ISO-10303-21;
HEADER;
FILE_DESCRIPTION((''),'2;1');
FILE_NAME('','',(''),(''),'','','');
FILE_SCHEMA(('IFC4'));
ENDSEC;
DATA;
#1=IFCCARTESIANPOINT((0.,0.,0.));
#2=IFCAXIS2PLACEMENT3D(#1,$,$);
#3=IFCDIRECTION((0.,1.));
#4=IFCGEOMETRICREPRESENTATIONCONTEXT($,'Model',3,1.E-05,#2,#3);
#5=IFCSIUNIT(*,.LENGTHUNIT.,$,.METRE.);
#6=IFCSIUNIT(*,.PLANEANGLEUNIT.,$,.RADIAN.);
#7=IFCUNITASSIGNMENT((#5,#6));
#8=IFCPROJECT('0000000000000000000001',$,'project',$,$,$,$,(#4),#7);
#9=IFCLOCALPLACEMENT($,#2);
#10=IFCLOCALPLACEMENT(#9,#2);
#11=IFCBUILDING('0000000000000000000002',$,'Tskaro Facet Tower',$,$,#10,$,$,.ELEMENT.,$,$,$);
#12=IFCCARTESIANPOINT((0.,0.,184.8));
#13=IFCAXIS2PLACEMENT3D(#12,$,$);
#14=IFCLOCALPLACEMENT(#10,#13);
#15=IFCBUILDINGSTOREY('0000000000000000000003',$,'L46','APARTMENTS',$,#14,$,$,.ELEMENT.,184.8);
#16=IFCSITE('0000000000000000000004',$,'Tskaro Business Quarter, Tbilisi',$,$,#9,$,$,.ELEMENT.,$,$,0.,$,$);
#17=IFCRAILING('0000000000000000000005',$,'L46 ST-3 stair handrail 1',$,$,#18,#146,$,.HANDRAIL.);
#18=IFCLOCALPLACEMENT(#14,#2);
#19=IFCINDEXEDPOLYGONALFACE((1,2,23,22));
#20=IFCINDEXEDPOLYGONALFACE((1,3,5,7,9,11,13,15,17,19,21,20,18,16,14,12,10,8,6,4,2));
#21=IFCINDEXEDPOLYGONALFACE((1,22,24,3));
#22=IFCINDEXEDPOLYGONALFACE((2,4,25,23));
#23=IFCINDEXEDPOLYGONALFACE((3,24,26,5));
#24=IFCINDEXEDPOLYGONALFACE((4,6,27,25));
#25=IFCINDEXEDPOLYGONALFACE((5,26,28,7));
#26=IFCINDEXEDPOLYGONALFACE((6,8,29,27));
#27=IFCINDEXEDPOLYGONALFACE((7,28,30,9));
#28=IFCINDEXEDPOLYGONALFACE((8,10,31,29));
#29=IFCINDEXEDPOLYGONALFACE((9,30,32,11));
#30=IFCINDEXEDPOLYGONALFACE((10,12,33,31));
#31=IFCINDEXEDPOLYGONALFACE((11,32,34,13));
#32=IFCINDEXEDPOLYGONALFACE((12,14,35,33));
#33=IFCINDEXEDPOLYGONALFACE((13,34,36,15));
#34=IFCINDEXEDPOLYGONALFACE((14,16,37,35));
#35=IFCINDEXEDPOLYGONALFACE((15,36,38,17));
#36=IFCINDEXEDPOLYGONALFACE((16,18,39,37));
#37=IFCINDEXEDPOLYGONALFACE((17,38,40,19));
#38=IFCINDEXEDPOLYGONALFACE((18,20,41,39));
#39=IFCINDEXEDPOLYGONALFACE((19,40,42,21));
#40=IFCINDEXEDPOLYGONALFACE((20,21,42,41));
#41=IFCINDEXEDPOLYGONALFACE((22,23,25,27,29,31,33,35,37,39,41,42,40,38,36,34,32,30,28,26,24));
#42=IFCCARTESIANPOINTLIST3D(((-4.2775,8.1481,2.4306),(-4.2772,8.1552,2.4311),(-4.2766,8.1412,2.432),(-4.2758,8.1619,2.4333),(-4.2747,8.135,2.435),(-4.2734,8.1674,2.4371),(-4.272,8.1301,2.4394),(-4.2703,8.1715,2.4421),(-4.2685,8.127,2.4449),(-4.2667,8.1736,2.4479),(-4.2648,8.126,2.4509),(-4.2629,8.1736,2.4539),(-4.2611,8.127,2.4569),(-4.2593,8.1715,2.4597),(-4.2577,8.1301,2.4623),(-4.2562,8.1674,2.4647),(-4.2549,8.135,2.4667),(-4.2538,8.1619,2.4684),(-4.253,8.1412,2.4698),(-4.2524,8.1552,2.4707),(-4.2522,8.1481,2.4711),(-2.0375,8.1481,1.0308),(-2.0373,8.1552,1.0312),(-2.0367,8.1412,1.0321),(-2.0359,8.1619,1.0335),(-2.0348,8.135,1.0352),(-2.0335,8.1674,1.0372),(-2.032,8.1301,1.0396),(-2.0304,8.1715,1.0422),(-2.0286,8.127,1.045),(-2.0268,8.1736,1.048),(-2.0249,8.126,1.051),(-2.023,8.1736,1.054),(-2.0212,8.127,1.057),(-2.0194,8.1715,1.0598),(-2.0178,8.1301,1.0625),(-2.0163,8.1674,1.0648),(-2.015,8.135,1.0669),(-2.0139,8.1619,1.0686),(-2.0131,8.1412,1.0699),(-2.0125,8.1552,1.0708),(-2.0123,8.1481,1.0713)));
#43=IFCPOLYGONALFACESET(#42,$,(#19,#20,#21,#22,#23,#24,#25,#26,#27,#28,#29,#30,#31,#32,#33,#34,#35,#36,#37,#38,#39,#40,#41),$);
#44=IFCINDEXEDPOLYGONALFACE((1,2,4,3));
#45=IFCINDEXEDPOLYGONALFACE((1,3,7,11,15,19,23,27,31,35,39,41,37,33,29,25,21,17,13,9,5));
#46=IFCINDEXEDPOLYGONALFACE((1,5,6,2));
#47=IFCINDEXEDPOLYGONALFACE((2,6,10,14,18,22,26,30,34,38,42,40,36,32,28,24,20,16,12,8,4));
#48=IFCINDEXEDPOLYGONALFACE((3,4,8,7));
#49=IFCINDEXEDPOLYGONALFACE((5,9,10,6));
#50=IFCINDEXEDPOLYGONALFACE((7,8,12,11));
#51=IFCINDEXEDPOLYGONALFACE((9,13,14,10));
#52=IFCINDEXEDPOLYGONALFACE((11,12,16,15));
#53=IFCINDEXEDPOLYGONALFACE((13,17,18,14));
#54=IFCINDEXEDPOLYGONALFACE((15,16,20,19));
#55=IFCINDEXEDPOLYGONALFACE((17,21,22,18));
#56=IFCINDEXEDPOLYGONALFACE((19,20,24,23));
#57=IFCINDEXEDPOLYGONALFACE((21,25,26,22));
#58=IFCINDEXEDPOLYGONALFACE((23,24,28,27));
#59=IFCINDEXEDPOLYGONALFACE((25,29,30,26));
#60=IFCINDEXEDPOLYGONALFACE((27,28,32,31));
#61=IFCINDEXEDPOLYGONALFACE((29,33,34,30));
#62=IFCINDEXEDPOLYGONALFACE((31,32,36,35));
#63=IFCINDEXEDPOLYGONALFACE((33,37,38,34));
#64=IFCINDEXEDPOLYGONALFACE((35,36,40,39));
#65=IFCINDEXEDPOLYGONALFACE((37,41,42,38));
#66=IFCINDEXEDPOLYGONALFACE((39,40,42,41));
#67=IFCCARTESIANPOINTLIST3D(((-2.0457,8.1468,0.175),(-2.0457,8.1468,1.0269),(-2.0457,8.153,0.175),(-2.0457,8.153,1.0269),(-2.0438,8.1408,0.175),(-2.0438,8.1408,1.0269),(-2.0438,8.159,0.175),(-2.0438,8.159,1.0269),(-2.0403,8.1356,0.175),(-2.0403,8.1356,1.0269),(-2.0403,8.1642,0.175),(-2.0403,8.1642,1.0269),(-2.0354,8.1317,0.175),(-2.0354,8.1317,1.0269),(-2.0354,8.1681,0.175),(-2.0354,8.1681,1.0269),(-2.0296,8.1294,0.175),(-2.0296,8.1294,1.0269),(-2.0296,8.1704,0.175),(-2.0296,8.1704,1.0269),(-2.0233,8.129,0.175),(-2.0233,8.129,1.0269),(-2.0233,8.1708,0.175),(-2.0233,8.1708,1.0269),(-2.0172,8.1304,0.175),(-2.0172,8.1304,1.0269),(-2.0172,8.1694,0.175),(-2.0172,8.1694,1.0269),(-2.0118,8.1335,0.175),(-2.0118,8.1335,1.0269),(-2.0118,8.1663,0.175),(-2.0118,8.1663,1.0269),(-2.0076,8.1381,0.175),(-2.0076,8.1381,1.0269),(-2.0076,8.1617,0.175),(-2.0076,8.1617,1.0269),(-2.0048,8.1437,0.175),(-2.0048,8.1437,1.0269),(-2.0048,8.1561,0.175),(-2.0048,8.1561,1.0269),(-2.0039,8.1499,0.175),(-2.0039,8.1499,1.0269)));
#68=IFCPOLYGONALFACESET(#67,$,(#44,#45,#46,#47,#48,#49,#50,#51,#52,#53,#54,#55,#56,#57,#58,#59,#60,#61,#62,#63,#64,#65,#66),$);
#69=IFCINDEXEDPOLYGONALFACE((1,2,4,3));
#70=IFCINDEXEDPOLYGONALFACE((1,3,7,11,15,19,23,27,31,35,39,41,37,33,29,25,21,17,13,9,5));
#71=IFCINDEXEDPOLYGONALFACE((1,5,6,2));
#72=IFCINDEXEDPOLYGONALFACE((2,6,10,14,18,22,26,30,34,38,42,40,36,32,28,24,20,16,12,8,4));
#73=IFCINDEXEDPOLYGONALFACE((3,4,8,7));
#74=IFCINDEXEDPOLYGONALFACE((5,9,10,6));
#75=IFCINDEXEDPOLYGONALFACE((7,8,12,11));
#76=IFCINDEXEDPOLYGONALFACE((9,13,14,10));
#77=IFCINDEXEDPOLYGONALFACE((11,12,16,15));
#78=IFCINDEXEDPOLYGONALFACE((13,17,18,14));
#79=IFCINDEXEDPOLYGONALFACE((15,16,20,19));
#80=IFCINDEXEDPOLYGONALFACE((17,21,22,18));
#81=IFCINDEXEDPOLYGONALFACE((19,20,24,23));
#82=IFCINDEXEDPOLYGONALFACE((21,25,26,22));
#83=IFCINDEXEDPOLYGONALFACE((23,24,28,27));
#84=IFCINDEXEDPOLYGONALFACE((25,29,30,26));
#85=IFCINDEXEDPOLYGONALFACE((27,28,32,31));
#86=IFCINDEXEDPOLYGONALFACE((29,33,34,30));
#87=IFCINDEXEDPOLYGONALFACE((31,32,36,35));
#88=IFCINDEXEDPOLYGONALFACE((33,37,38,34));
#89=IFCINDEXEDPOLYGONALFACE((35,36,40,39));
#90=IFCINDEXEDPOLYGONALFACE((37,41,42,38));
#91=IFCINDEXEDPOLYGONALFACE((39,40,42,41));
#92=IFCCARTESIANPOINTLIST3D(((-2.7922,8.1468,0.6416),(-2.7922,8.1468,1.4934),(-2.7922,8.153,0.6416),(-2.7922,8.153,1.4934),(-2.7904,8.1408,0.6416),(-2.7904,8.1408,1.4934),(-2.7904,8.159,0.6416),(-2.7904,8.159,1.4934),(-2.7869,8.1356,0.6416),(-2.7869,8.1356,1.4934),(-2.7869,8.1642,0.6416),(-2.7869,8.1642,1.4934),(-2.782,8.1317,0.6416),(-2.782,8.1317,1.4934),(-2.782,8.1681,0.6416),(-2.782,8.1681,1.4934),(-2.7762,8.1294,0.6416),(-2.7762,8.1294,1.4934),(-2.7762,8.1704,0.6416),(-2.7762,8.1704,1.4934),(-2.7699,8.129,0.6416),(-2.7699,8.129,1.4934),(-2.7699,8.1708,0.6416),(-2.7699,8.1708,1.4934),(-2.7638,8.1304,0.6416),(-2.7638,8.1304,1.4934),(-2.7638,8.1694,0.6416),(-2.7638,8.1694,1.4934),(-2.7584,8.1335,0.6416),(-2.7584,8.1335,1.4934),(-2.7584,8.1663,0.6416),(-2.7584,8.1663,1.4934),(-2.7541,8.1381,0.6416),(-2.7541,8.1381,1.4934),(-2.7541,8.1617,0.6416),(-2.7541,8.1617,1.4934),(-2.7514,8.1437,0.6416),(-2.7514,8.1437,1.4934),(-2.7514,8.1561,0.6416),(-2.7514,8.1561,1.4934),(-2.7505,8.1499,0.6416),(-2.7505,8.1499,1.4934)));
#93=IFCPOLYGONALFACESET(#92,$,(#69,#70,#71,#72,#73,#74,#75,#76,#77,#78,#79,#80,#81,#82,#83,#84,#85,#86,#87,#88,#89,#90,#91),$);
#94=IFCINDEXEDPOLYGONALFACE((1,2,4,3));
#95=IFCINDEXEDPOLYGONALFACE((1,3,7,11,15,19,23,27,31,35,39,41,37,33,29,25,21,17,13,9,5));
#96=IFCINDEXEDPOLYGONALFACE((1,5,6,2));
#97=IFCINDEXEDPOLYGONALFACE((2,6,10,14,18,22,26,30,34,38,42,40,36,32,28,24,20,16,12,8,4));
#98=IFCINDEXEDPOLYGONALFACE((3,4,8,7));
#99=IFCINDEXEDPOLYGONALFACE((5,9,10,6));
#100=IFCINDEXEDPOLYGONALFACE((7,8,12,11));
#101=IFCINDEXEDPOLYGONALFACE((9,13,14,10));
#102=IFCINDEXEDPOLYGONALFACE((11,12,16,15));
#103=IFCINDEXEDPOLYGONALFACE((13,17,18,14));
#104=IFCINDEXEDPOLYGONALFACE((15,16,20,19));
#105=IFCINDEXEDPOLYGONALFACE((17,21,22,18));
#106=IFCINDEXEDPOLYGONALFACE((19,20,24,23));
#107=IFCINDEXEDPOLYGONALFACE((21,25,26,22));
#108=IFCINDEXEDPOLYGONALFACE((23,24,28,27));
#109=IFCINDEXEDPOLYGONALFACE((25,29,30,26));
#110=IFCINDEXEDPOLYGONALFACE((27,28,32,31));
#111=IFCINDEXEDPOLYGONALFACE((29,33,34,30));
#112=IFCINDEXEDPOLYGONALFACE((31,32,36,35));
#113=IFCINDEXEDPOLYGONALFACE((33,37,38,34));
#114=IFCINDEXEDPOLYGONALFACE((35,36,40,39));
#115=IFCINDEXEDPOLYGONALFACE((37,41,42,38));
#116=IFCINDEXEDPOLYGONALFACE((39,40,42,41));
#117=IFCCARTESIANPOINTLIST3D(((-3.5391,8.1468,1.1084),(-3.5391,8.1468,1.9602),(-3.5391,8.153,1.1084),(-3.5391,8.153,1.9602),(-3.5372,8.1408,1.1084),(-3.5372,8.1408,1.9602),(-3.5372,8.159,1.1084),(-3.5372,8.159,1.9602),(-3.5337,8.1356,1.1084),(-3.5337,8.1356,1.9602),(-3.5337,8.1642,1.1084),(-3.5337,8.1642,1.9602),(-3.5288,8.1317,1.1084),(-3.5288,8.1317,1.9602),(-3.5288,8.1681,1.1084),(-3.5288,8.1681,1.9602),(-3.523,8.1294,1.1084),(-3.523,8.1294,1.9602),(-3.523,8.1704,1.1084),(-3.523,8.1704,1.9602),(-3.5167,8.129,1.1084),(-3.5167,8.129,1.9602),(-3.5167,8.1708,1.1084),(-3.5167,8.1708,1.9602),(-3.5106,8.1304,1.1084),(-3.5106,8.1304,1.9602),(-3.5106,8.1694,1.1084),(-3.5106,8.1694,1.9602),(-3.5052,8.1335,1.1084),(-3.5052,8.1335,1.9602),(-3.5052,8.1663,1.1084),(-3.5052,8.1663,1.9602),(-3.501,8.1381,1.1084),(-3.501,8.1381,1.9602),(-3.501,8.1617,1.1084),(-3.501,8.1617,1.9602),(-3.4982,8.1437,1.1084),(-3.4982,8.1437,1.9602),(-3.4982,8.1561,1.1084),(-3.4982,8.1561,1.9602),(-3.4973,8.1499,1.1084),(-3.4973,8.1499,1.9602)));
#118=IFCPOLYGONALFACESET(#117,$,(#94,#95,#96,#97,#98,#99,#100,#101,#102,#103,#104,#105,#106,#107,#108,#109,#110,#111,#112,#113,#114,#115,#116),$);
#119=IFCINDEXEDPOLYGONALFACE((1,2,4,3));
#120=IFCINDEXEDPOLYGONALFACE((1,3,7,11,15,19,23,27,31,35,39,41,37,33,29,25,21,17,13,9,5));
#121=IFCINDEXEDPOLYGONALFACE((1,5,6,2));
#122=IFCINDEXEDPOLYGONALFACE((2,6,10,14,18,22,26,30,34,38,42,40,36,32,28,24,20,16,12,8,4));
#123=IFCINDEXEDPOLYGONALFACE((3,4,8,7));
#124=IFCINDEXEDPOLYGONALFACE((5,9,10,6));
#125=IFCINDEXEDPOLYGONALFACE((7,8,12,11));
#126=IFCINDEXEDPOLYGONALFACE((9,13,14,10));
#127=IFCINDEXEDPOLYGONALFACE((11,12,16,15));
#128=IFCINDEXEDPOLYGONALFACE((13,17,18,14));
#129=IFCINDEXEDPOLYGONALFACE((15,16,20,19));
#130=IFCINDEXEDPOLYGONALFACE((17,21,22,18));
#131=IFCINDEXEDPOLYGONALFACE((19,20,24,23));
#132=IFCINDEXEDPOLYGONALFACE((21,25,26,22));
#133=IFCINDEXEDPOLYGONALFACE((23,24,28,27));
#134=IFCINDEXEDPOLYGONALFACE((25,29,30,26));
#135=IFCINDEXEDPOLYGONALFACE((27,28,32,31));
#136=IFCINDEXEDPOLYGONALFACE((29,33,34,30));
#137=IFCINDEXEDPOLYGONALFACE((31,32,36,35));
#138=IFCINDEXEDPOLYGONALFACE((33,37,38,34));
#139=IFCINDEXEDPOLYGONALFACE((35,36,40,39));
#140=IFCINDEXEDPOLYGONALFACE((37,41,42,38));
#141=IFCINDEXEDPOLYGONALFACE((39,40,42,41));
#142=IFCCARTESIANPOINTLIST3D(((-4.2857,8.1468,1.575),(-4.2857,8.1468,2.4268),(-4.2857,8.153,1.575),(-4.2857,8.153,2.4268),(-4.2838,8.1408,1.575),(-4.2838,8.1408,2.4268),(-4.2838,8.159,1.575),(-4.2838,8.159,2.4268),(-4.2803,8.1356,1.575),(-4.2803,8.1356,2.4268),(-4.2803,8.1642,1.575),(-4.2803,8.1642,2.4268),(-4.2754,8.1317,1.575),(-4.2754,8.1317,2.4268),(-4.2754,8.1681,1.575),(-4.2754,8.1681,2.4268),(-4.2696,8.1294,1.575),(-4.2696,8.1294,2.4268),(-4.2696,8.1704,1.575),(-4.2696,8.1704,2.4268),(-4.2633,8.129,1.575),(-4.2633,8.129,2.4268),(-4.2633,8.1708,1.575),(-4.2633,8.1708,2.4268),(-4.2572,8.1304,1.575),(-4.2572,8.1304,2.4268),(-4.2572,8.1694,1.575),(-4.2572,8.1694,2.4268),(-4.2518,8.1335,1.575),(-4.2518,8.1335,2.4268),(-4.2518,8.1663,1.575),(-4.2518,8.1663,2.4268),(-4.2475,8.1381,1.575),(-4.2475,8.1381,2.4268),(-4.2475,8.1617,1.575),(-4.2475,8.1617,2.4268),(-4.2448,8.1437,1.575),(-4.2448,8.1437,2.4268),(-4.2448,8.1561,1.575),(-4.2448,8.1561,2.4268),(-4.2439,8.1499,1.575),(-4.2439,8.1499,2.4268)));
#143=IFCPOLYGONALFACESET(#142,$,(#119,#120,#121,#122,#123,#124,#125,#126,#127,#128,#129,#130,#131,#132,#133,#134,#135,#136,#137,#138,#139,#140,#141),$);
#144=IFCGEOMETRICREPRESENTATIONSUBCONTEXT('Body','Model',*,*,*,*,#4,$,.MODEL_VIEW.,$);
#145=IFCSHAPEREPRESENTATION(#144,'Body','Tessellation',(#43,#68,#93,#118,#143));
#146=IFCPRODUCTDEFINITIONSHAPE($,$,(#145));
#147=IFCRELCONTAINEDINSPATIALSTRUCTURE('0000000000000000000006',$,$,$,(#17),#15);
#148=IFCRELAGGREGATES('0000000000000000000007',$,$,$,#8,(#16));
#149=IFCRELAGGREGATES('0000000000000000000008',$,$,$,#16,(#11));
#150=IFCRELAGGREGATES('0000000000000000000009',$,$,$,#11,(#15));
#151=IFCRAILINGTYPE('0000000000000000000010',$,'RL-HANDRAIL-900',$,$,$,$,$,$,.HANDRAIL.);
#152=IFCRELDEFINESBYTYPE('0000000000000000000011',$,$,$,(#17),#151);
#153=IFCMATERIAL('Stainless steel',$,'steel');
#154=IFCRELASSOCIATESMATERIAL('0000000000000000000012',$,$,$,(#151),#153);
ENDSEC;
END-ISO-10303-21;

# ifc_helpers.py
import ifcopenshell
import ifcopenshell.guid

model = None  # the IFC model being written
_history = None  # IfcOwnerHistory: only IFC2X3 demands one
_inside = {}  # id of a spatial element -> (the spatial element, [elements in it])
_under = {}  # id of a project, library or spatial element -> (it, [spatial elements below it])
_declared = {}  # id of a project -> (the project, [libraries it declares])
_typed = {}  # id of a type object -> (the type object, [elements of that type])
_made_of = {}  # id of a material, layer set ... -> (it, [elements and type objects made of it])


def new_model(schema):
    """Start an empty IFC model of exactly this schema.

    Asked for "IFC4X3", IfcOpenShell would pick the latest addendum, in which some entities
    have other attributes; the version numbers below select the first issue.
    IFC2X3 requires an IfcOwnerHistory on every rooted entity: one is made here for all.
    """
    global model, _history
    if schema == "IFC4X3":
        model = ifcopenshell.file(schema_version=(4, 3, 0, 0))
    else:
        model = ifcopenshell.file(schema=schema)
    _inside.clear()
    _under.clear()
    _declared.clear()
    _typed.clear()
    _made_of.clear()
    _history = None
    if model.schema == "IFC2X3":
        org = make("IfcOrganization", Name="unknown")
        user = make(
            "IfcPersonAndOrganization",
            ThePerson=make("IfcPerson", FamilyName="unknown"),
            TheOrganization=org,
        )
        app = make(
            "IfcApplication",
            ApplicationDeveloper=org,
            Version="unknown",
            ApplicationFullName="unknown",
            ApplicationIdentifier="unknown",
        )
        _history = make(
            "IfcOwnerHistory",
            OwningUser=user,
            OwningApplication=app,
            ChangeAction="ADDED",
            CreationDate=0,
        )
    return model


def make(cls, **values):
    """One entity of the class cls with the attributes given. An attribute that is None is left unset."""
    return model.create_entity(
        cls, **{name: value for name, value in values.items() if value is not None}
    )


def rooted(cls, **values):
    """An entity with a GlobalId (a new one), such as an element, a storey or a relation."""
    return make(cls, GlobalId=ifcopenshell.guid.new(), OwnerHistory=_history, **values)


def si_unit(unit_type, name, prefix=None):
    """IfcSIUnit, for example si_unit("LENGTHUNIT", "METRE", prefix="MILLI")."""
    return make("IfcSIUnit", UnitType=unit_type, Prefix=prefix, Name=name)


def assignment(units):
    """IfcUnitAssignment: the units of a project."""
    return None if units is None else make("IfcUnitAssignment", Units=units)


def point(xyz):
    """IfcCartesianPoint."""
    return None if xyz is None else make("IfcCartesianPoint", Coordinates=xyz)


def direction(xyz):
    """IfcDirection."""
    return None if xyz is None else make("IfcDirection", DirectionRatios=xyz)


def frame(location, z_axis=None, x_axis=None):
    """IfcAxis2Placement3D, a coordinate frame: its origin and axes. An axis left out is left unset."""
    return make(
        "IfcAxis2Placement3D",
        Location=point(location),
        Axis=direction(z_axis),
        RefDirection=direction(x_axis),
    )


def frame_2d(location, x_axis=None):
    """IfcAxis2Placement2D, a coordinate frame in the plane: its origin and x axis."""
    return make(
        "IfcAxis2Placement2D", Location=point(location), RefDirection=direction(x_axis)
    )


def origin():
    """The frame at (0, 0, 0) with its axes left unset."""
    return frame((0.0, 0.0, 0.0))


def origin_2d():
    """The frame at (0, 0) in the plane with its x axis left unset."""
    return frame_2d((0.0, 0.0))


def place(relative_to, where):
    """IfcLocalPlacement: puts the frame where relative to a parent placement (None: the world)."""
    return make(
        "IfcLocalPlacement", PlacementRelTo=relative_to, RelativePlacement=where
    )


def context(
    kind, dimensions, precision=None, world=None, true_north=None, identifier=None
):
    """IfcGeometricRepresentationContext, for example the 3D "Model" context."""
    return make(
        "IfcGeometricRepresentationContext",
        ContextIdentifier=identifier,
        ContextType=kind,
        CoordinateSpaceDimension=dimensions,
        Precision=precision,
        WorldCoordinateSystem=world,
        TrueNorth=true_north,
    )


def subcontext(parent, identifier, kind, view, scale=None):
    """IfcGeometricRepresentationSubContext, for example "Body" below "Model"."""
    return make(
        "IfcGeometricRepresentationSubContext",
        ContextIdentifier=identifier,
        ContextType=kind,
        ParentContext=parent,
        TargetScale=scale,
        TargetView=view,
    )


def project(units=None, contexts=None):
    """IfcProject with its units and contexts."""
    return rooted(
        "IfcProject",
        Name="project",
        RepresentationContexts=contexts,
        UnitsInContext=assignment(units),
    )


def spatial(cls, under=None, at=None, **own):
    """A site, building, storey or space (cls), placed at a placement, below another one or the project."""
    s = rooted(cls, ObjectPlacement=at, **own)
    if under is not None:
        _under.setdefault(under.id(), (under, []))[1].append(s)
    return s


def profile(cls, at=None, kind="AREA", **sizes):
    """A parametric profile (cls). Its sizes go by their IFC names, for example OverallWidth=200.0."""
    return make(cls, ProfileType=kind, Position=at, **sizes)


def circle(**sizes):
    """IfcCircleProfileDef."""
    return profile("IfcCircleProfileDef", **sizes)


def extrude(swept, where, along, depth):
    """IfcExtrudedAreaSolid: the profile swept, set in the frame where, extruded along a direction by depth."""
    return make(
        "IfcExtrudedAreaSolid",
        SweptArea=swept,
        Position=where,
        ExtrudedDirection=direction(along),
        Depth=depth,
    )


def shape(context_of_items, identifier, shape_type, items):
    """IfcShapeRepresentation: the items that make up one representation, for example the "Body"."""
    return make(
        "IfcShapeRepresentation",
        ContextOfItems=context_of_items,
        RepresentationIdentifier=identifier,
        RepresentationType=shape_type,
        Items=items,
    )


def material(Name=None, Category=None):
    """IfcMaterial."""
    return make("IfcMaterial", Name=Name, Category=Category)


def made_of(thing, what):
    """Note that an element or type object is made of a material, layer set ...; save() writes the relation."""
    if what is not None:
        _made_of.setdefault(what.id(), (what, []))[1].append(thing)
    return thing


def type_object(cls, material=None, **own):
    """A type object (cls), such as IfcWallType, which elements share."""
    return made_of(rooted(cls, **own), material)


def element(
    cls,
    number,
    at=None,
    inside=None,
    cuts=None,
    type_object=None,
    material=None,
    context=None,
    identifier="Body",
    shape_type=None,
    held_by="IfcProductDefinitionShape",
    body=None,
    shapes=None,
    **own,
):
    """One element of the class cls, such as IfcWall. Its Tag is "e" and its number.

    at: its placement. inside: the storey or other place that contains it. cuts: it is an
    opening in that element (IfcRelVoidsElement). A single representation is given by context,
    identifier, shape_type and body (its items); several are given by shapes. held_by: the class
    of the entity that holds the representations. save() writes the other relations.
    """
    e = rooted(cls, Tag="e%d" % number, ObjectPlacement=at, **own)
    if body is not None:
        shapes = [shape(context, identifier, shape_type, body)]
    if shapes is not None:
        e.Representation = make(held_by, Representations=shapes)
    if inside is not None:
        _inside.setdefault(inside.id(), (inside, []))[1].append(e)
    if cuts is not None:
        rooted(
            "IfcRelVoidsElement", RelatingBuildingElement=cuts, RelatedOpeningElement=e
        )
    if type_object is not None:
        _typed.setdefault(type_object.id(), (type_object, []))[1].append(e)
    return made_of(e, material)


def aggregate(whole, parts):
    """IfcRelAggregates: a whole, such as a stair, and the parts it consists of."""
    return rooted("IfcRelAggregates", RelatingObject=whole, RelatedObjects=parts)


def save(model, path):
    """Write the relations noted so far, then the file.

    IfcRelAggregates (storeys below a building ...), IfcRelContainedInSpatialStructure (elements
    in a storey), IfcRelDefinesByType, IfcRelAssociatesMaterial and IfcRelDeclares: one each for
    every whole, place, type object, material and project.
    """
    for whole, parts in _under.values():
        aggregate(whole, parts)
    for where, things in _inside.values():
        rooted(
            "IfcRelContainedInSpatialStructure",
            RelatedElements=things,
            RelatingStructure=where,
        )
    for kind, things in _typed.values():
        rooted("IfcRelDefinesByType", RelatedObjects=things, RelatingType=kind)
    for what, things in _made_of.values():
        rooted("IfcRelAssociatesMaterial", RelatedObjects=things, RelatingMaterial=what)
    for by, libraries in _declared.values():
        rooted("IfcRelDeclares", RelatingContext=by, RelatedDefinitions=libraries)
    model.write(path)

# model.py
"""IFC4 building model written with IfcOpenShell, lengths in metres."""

from ifc_helpers import new_model, si_unit, direction, frame, origin, origin_2d, place, context, subcontext, project, spatial, circle, extrude, material, type_object, element, save


model = new_model("IFC4")

# Units and contexts
model_context = context("Model", 3, precision=1e-05, world=origin(), true_north=direction((0.0, 1.0)))
body_context = subcontext(model_context, "Body", "Model", "MODEL_VIEW")
ifc_project = project(units=[si_unit("LENGTHUNIT", "METRE"), si_unit("PLANEANGLEUNIT", "RADIAN")], contexts=[model_context])

# Site, building, storey
site_placement = place(None, origin())
site = spatial("IfcSite", under=ifc_project, at=site_placement, Name="Tskaro Business Quarter, Tbilisi", CompositionType="ELEMENT", RefElevation=0.0)
building_placement = place(site_placement, origin())
building = spatial("IfcBuilding", under=site, at=building_placement, Name="Tskaro Facet Tower", CompositionType="ELEMENT")
storey_placement = place(building_placement, frame((0.0, 0.0, 184.8)))
storey = spatial("IfcBuildingStorey", under=building, at=storey_placement, Name="L46", Description="APARTMENTS", CompositionType="ELEMENT", Elevation=184.8)

# Railing
ifc_material_1 = material(Name="Stainless steel", Category="steel")
railing_type_1 = type_object("IfcRailingType", Name="RL-HANDRAIL-900", PredefinedType="HANDRAIL", material=ifc_material_1)
railing_1_placement = place(storey_placement, frame((-2.0249, 8.1499, 0.175)))
element("IfcRailing", 1, at=railing_1_placement, inside=storey, type_object=railing_type_1, Name="L46 ST-3 stair handrail 1", PredefinedType="HANDRAIL", context=body_context, shape_type="SweptSolid", body=[
    extrude(circle(Radius=0.0239, at=origin_2d()), frame((0.0, 0.0, 0.876), z_axis=(-0.848014, 0.0, 0.529974), x_axis=(0.0, -1.0, 0.0)), (0.0, 0.0, 1.0), 2.6414),
    extrude(circle(Radius=0.021, at=origin_2d()), origin(), (0.0, 0.0, 1.0), 0.8518),
    extrude(circle(Radius=0.021, at=origin_2d()), frame((-0.7466, 0.0, 0.4666)), (0.0, 0.0, 1.0), 0.8518),
    extrude(circle(Radius=0.021, at=origin_2d()), frame((-1.4934, 0.0, 0.9333)), (0.0, 0.0, 1.0), 0.8518),
    extrude(circle(Radius=0.021, at=origin_2d()), frame((-2.24, 0.0, 1.3999)), (0.0, 0.0, 1.0), 0.8518),
])

save(model, "model.ifc")
